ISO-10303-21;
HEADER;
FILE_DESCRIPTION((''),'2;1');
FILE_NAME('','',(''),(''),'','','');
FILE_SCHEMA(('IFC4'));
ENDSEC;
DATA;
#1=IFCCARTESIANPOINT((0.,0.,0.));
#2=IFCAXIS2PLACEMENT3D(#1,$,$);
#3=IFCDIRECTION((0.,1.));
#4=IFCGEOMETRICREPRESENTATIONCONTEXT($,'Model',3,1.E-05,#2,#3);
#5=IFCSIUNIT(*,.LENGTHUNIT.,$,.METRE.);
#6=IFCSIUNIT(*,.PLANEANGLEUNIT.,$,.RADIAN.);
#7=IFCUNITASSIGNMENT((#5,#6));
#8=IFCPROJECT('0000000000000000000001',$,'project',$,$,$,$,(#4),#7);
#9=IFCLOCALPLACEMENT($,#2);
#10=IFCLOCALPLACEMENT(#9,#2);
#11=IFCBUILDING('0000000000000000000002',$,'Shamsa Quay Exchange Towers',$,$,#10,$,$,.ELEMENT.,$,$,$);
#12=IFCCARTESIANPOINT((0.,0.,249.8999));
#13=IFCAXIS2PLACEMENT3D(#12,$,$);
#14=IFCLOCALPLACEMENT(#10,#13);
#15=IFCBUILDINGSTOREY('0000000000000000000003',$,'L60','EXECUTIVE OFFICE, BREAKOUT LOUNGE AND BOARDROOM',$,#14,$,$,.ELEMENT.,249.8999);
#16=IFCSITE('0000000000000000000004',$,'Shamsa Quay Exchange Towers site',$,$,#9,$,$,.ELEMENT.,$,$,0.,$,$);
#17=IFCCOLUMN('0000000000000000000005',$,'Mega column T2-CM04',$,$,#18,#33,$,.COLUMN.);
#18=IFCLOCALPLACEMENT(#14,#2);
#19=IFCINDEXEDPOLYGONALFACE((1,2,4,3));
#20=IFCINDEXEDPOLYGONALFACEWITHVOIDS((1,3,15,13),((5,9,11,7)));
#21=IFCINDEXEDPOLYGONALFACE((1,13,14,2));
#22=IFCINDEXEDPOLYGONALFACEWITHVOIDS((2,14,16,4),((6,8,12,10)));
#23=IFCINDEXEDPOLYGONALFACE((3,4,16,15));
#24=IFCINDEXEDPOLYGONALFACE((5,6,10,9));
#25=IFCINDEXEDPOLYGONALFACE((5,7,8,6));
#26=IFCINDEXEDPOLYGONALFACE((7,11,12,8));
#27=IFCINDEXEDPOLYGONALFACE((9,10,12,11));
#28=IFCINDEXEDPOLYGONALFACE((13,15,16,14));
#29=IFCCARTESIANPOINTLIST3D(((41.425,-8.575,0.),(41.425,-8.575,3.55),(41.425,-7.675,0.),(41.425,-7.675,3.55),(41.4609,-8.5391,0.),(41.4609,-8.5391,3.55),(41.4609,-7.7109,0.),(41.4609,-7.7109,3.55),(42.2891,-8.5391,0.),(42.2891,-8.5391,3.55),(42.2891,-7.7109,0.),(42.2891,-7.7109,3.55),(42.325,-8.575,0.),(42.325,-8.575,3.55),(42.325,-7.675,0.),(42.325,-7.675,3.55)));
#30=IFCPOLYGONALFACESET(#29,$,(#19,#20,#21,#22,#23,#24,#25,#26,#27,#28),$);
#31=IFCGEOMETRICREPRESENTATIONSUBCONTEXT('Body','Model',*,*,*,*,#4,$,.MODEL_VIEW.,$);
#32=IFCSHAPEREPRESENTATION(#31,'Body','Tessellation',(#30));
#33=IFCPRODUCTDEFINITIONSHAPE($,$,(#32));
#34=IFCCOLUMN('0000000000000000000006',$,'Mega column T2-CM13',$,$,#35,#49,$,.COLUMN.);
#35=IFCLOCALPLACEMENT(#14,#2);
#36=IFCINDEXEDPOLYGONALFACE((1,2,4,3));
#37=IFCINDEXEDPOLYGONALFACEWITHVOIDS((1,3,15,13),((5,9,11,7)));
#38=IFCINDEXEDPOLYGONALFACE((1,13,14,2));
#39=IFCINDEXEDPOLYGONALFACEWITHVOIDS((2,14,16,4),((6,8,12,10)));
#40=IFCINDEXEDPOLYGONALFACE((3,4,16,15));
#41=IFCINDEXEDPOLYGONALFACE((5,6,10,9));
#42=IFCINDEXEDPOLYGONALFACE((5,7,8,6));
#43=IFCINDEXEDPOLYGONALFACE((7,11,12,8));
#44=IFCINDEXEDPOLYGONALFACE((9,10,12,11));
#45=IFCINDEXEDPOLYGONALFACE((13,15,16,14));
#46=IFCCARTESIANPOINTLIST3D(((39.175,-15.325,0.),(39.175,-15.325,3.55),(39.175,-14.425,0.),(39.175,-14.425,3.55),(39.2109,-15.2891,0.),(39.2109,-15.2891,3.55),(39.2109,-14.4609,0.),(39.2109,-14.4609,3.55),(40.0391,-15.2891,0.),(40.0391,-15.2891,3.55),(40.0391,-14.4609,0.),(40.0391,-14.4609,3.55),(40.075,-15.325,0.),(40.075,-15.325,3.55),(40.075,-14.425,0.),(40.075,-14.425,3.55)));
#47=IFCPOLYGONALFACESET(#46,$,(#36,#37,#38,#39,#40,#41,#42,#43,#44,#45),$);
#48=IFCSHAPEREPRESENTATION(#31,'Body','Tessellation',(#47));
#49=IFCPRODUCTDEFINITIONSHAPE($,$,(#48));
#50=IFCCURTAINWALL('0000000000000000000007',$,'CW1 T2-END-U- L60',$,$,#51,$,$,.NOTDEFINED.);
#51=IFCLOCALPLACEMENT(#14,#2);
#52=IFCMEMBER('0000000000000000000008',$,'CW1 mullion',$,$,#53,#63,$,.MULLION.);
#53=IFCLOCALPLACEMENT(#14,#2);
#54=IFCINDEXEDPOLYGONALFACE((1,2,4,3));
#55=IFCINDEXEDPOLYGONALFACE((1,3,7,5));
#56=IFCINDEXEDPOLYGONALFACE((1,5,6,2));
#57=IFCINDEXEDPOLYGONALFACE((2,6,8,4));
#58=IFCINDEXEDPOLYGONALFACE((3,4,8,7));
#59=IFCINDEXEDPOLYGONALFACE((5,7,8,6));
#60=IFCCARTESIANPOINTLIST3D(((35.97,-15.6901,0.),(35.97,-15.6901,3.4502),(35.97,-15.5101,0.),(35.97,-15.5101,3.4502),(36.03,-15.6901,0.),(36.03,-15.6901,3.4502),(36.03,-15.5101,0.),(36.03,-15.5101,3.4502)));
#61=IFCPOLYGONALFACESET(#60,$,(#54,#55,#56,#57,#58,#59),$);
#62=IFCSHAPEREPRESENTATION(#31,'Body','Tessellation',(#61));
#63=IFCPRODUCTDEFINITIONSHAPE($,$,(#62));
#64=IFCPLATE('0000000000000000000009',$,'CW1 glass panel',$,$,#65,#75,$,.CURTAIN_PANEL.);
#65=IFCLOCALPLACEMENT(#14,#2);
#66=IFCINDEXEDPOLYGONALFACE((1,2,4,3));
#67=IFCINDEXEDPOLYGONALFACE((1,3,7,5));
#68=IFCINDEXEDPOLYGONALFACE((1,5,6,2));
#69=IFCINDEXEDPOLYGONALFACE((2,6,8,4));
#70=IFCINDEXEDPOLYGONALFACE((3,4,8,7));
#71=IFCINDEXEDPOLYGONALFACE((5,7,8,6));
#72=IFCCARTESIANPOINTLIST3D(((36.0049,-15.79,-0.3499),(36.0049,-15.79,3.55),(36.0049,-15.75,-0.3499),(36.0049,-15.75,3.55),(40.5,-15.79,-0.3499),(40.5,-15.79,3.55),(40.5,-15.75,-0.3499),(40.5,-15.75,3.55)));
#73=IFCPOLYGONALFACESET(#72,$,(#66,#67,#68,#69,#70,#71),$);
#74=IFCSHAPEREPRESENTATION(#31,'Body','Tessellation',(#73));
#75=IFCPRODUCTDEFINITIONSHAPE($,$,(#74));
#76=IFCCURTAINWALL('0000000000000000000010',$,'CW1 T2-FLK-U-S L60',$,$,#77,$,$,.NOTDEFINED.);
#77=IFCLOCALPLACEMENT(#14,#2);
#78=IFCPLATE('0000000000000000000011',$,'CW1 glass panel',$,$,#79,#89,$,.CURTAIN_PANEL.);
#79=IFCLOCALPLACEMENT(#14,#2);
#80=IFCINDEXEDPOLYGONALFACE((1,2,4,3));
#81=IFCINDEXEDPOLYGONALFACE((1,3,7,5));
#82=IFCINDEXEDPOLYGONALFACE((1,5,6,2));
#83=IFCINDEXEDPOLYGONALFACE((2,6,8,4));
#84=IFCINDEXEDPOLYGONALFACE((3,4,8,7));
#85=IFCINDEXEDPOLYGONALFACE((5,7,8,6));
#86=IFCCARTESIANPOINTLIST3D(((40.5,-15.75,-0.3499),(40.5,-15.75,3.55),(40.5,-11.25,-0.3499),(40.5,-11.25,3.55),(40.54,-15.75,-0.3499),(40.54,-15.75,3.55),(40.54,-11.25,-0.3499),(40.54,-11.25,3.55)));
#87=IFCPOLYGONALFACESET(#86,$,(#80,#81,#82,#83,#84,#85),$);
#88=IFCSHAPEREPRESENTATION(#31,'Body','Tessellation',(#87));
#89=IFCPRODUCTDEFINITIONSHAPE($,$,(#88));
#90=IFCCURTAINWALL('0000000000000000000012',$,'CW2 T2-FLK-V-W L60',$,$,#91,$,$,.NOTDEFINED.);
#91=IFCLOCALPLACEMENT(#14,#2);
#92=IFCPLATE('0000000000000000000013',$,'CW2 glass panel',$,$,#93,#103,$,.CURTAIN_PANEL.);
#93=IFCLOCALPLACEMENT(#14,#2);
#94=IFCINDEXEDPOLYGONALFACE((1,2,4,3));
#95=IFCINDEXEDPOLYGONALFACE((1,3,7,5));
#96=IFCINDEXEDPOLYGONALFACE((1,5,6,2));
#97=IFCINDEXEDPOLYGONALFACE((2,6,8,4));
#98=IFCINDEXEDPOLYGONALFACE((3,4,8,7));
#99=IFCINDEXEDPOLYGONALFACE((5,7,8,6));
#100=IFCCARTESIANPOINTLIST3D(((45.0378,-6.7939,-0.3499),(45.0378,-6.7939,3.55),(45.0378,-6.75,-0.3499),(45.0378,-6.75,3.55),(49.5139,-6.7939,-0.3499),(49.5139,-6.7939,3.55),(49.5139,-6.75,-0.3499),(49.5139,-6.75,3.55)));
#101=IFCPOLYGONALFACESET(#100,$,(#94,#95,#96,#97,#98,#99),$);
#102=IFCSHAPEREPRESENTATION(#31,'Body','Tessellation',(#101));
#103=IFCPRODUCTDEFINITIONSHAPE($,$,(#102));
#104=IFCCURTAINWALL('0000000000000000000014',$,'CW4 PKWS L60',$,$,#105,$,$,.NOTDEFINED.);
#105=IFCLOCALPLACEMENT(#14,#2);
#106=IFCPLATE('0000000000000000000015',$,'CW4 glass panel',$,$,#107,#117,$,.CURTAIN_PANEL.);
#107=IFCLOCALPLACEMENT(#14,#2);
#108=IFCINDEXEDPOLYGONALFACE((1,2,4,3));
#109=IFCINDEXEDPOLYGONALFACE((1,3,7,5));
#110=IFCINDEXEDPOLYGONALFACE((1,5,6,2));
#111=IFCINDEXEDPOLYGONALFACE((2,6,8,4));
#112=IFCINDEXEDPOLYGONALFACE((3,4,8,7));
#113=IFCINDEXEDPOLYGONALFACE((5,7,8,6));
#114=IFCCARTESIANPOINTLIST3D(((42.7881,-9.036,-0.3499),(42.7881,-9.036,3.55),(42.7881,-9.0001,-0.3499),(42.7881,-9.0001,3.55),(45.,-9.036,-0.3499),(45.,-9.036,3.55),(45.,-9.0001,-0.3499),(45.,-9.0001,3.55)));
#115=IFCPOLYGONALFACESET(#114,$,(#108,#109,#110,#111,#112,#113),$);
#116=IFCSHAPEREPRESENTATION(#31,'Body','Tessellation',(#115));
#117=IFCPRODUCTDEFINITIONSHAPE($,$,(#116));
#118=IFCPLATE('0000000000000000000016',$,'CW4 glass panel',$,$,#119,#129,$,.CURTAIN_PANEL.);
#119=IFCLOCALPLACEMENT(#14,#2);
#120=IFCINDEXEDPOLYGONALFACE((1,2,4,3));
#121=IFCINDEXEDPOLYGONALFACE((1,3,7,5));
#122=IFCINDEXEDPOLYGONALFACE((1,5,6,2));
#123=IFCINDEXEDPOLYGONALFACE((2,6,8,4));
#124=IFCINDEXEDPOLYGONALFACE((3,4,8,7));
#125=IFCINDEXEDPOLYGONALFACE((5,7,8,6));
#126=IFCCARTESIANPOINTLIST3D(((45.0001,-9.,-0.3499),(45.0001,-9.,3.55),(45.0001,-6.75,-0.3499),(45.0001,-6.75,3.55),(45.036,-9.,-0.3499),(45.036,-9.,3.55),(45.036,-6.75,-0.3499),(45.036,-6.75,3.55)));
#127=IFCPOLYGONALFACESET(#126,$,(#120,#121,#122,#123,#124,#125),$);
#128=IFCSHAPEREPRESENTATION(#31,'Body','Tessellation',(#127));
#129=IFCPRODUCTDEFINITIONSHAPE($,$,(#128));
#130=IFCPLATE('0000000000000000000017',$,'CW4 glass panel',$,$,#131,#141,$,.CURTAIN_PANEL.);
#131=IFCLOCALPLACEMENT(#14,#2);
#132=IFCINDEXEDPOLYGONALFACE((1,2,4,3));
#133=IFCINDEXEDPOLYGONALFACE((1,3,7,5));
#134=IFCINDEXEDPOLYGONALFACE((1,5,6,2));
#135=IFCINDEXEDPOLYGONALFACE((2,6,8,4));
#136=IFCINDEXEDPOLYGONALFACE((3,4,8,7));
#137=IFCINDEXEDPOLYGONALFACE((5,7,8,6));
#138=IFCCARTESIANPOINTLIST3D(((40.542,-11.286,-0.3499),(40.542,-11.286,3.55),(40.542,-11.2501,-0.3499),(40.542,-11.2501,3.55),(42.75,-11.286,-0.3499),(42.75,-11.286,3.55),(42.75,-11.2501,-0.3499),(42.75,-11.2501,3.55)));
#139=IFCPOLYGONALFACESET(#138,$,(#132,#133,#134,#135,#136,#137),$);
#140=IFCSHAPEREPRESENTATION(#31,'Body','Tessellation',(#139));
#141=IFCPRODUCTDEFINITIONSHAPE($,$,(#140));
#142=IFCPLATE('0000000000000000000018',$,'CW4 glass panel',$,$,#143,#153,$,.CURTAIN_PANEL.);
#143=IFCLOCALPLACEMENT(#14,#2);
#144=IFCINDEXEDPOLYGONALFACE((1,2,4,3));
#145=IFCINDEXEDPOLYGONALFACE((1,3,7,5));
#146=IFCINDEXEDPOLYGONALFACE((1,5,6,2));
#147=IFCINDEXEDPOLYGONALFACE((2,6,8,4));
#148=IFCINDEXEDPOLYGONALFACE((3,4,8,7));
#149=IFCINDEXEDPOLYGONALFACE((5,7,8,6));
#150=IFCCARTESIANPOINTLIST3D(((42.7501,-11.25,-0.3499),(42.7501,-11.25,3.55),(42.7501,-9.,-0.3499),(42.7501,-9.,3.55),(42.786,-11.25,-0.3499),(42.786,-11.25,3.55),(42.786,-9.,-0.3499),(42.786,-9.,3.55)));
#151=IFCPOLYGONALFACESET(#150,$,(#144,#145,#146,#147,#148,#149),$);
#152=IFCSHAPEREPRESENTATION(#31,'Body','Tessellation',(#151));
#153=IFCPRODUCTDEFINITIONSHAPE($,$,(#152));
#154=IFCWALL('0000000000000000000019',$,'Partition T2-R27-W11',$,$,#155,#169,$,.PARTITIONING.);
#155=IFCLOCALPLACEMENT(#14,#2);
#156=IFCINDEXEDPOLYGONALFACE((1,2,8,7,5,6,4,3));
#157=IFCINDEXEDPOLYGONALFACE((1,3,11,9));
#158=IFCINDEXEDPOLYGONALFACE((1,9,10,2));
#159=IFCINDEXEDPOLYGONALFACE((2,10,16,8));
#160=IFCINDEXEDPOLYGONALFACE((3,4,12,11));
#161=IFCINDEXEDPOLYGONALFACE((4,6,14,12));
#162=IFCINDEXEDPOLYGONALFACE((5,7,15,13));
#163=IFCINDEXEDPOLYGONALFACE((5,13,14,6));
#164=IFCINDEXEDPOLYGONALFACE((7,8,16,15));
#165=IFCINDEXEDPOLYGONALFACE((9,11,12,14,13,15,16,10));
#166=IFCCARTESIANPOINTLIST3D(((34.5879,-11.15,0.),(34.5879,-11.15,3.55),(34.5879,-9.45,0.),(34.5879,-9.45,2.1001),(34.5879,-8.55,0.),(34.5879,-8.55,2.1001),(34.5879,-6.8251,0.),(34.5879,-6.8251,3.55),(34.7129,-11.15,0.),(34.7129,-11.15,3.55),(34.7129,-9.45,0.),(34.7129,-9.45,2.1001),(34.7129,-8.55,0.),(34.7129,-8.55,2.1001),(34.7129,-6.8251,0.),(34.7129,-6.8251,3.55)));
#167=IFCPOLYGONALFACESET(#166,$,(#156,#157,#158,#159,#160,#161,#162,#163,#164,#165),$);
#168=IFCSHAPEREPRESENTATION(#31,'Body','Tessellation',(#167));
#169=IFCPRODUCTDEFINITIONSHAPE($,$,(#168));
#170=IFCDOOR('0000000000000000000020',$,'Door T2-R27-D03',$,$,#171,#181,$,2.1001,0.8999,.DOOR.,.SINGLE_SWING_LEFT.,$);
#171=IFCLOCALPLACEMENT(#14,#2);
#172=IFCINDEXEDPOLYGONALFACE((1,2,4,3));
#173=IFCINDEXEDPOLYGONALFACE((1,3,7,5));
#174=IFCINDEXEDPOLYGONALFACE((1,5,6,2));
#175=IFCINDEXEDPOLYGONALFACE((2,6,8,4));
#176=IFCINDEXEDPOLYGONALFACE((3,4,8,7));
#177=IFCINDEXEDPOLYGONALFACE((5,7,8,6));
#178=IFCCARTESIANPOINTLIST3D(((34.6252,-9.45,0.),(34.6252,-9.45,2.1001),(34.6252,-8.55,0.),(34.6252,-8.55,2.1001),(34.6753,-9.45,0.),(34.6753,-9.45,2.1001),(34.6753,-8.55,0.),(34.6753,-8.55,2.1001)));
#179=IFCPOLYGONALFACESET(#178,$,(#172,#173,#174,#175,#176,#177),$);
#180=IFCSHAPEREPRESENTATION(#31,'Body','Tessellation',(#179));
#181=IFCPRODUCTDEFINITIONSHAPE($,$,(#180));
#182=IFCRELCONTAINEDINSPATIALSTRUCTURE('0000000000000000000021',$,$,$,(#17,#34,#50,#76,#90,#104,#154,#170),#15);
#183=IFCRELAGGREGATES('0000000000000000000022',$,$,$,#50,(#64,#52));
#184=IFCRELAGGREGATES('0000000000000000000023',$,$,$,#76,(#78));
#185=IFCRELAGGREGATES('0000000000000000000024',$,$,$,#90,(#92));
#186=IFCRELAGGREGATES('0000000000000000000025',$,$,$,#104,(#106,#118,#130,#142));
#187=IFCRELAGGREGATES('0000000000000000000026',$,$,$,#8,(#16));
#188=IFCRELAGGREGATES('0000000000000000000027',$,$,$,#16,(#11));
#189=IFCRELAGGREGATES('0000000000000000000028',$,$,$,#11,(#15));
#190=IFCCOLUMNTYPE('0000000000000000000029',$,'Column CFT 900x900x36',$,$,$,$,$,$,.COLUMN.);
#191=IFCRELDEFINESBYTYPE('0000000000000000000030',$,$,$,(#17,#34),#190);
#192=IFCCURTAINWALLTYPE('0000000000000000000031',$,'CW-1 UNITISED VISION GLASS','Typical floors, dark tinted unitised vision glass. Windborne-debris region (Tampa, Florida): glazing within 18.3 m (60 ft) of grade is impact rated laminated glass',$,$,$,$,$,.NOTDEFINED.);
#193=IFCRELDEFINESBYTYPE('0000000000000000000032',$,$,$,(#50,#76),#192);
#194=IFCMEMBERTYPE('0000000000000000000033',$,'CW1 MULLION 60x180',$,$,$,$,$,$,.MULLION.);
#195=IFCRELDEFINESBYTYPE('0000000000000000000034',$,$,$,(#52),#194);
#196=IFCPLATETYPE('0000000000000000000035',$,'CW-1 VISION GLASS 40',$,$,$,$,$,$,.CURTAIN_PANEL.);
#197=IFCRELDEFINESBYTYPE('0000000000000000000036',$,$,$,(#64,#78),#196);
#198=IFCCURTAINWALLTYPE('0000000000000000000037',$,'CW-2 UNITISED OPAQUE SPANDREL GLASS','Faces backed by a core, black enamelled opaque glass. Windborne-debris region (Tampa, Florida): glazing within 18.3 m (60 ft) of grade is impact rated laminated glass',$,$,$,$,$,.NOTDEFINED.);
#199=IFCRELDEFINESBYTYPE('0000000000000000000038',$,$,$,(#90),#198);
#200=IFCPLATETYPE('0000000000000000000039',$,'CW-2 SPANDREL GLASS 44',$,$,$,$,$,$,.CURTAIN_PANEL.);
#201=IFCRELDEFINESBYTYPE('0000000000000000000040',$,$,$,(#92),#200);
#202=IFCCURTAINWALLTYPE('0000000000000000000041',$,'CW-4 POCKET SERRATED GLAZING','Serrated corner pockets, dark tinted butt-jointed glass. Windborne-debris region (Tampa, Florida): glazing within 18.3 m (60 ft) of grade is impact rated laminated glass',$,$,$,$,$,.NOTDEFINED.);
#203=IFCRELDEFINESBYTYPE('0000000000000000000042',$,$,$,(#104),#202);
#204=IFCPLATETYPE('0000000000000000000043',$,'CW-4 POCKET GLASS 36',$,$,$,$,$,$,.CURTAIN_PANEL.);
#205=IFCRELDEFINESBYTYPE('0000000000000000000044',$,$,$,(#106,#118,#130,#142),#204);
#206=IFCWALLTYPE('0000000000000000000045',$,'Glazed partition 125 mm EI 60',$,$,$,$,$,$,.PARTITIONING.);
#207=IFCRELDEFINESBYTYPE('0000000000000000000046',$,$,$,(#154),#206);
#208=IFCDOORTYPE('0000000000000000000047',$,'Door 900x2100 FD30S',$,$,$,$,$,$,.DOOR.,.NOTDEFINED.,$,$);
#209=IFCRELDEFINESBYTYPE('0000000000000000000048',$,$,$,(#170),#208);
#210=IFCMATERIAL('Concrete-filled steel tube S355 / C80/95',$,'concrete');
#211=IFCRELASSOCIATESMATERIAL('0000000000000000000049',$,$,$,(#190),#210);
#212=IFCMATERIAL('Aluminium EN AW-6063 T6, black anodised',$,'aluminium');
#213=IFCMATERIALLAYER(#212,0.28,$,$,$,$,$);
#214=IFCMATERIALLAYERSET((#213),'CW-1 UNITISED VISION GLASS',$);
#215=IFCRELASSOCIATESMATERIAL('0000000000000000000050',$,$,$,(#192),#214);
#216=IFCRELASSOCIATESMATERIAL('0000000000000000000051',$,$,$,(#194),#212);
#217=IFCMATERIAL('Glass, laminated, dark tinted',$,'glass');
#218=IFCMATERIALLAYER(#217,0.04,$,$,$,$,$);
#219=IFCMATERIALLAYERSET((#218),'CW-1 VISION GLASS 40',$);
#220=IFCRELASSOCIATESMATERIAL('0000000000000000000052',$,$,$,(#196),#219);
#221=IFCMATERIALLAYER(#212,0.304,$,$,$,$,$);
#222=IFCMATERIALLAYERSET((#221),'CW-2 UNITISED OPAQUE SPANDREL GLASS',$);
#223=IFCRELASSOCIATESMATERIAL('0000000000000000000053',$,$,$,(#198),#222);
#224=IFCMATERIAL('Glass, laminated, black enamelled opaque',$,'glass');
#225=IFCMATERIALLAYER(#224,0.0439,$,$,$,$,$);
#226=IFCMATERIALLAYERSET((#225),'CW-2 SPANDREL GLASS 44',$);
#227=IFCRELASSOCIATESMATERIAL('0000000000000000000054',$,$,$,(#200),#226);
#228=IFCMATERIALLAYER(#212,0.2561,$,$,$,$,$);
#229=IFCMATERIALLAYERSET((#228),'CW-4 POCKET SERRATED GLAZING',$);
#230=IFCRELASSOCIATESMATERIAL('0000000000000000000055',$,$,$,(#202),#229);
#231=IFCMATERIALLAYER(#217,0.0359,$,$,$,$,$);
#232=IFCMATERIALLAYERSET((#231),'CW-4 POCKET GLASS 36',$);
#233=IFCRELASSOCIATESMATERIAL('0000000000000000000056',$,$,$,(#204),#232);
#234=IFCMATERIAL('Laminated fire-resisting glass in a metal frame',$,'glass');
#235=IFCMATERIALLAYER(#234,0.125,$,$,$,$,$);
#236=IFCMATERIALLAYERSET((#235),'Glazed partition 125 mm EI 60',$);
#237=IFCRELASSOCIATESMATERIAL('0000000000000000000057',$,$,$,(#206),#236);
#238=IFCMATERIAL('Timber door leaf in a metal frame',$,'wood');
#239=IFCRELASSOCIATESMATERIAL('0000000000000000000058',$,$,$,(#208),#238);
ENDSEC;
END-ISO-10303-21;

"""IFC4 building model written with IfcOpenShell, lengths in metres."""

from ifc_helpers import new_model, si_unit, direction, frame, frame_2d, origin, origin_2d, place, context, subcontext, project, spatial, rectangle, hollow_rectangle, extrude, material, layer, layer_set, material_profile, profile_set, type_object, element, fill, aggregate, save


model = new_model("IFC4")

# Units and contexts
model_context = context("Model", 3, precision=1e-05, world=origin(), true_north=direction((0.0, 1.0)))
body_context = subcontext(model_context, "Body", "Model", "MODEL_VIEW")
ifc_project = project(units=[si_unit("LENGTHUNIT", "METRE"), si_unit("PLANEANGLEUNIT", "RADIAN")], contexts=[model_context])

# Site, building, storey
site_placement = place(None, origin())
site = spatial("IfcSite", under=ifc_project, at=site_placement, Name="Shamsa Quay Exchange Towers site", CompositionType="ELEMENT", RefElevation=0.0)
building_placement = place(site_placement, origin())
building = spatial("IfcBuilding", under=site, at=building_placement, Name="Shamsa Quay Exchange Towers", CompositionType="ELEMENT")
storey_placement = place(building_placement, frame((0.0, 0.0, 249.8999)))
storey = spatial("IfcBuildingStorey", under=building, at=storey_placement, Name="L60", Description="EXECUTIVE OFFICE, BREAKOUT LOUNGE AND BOARDROOM", CompositionType="ELEMENT", Elevation=249.8999)

# Columns
ifc_material_1 = material(Name="Concrete-filled steel tube S355 / C80/95", Category="concrete")
ifc_material_profile_1 = material_profile(ifc_material_1, hollow_rectangle(XDim=0.8999, YDim=0.8999, WallThickness=0.0359, at=origin_2d()), Name="CFT 900x900x36")
ifc_profile_set_1 = profile_set([ifc_material_profile_1], Name="Concrete-filled steel tube S355 / C80/95")
column_type = type_object("IfcColumnType", Name="Column CFT 900x900x36", PredefinedType="COLUMN", material=ifc_profile_set_1)
for number, where, name in (
    (1, (41.875, -8.125, 0.0), "Mega column T2-CM04"),
    (2, (39.625, -14.875, 0.0), "Mega column T2-CM13"),
):
    element("IfcColumn", number, at=place(storey_placement, frame(where)), inside=storey, type_object=column_type, Name=name, PredefinedType="COLUMN", context=body_context, shape_type="SweptSolid", body=[
        extrude(hollow_rectangle(XDim=0.8999, YDim=0.8999, WallThickness=0.0359, at=origin_2d()), origin(), (0.0, 0.0, 1.0), 3.55),
    ])

# Curtain wall, member, plate
ifc_material_2 = material(Name="Aluminium EN AW-6063 T6, black anodised", Category="aluminium")
ifc_layer_1 = layer(ifc_material_2, 0.28)
ifc_layer_set_1 = layer_set([ifc_layer_1], Name="CW-1 UNITISED VISION GLASS")
curtain_wall_type_1 = type_object("IfcCurtainWallType", Name="CW-1 UNITISED VISION GLASS", Description="Typical floors, dark tinted unitised vision glass. Windborne-debris region (Tampa, Florida): glazing within 18.3 m (60 ft) of grade is impact rated laminated glass", PredefinedType="NOTDEFINED", material=ifc_layer_set_1)
curtain_wall_1_placement = place(storey_placement, origin())
curtain_wall_1 = element("IfcCurtainWall", 3, at=curtain_wall_1_placement, inside=storey, type_object=curtain_wall_type_1, Name="CW1 T2-END-U- L60", PredefinedType="NOTDEFINED")
ifc_material_profile_2 = material_profile(ifc_material_2, rectangle(XDim=0.1799, YDim=0.0601, at=origin_2d()), Name="MU60x180")
ifc_profile_set_2 = profile_set([ifc_material_profile_2], Name="Aluminium EN AW-6063 T6, black anodised")
member_type = type_object("IfcMemberType", Name="CW1 MULLION 60x180", PredefinedType="MULLION", material=ifc_profile_set_2)
member_placement = place(storey_placement, frame((36.0, -15.6001, 0.0), z_axis=(0.0, 0.0, 1.0), x_axis=(0.0, 1.0, 0.0)))
member = element("IfcMember", 4, at=member_placement, type_object=member_type, Name="CW1 mullion", PredefinedType="MULLION", context=body_context, shape_type="SweptSolid", body=[
    extrude(rectangle(XDim=0.1799, YDim=0.0601, at=origin_2d()), origin(), (0.0, 0.0, 1.0), 3.4502),
])
ifc_material_3 = material(Name="Glass, laminated, dark tinted", Category="glass")
ifc_layer_2 = layer(ifc_material_3, 0.04)
ifc_layer_set_2 = layer_set([ifc_layer_2], Name="CW-1 VISION GLASS 40")
plate_type_1 = type_object("IfcPlateType", Name="CW-1 VISION GLASS 40", PredefinedType="CURTAIN_PANEL", material=ifc_layer_set_2)
plate_1_placement = place(storey_placement, frame((38.2524, -15.77, -0.3499)))
plate_1 = element("IfcPlate", 5, at=plate_1_placement, type_object=plate_type_1, Name="CW1 glass panel", PredefinedType="CURTAIN_PANEL", context=body_context, shape_type="SweptSolid", body=[
    extrude(rectangle(XDim=4.4951, YDim=0.04, at=origin_2d()), origin(), (0.0, 0.0, 1.0), 3.8999),
])
aggregate(curtain_wall_1, [plate_1, member])

# Curtain walls, plates
curtain_wall_2_placement = place(storey_placement, origin())
curtain_wall_2 = element("IfcCurtainWall", 6, at=curtain_wall_2_placement, inside=storey, type_object=curtain_wall_type_1, Name="CW1 T2-FLK-U-S L60", PredefinedType="NOTDEFINED")
plate_2_placement = place(storey_placement, frame((40.52, -13.5, -0.3499), z_axis=(0.0, 0.0, 1.0), x_axis=(0.0, 1.0, 0.0)))
plate_2 = element("IfcPlate", 7, at=plate_2_placement, type_object=plate_type_1, Name="CW1 glass panel", PredefinedType="CURTAIN_PANEL", context=body_context, shape_type="SweptSolid", body=[
    extrude(rectangle(XDim=4.5, YDim=0.04, at=origin_2d()), origin(), (0.0, 0.0, 1.0), 3.8999),
])
aggregate(curtain_wall_2, [plate_2])
ifc_layer_3 = layer(ifc_material_2, 0.304)
ifc_layer_set_3 = layer_set([ifc_layer_3], Name="CW-2 UNITISED OPAQUE SPANDREL GLASS")
curtain_wall_type_2 = type_object("IfcCurtainWallType", Name="CW-2 UNITISED OPAQUE SPANDREL GLASS", Description="Faces backed by a core, black enamelled opaque glass. Windborne-debris region (Tampa, Florida): glazing within 18.3 m (60 ft) of grade is impact rated laminated glass", PredefinedType="NOTDEFINED", material=ifc_layer_set_3)
curtain_wall_3_placement = place(storey_placement, origin())
curtain_wall_3 = element("IfcCurtainWall", 8, at=curtain_wall_3_placement, inside=storey, type_object=curtain_wall_type_2, Name="CW2 T2-FLK-V-W L60", PredefinedType="NOTDEFINED")
ifc_material_4 = material(Name="Glass, laminated, black enamelled opaque", Category="glass")
ifc_layer_4 = layer(ifc_material_4, 0.0439)
ifc_layer_set_4 = layer_set([ifc_layer_4], Name="CW-2 SPANDREL GLASS 44")
plate_type_2 = type_object("IfcPlateType", Name="CW-2 SPANDREL GLASS 44", PredefinedType="CURTAIN_PANEL", material=ifc_layer_set_4)
plate_3_placement = place(storey_placement, frame((47.2759, -6.772, -0.3499)))
plate_3 = element("IfcPlate", 9, at=plate_3_placement, type_object=plate_type_2, Name="CW2 glass panel", PredefinedType="CURTAIN_PANEL", context=body_context, shape_type="SweptSolid", body=[
    extrude(rectangle(XDim=4.4761, YDim=0.0439, at=origin_2d()), origin(), (0.0, 0.0, 1.0), 3.8999),
])
aggregate(curtain_wall_3, [plate_3])

# Curtain wall, plates
ifc_layer_5 = layer(ifc_material_2, 0.2561)
ifc_layer_set_5 = layer_set([ifc_layer_5], Name="CW-4 POCKET SERRATED GLAZING")
curtain_wall_type_3 = type_object("IfcCurtainWallType", Name="CW-4 POCKET SERRATED GLAZING", Description="Serrated corner pockets, dark tinted butt-jointed glass. Windborne-debris region (Tampa, Florida): glazing within 18.3 m (60 ft) of grade is impact rated laminated glass", PredefinedType="NOTDEFINED", material=ifc_layer_set_5)
curtain_wall_4_placement = place(storey_placement, origin())
curtain_wall_4 = element("IfcCurtainWall", 10, at=curtain_wall_4_placement, inside=storey, type_object=curtain_wall_type_3, Name="CW4 PKWS L60", PredefinedType="NOTDEFINED")
ifc_layer_6 = layer(ifc_material_3, 0.0359)
ifc_layer_set_6 = layer_set([ifc_layer_6], Name="CW-4 POCKET GLASS 36")
plate_type_3 = type_object("IfcPlateType", Name="CW-4 POCKET GLASS 36", PredefinedType="CURTAIN_PANEL", material=ifc_layer_set_6)
plate_4_placement = place(storey_placement, frame((43.894, -9.0181, -0.3499)))
plate_4 = element("IfcPlate", 11, at=plate_4_placement, type_object=plate_type_3, Name="CW4 glass panel", PredefinedType="CURTAIN_PANEL", context=body_context, shape_type="SweptSolid", body=[
    extrude(rectangle(XDim=2.2119, YDim=0.0359, at=origin_2d()), origin(), (0.0, 0.0, 1.0), 3.8999),
])
plate_5_placement = place(storey_placement, frame((45.0181, -7.875, -0.3499), z_axis=(0.0, 0.0, 1.0), x_axis=(0.0, 1.0, 0.0)))
plate_5 = element("IfcPlate", 12, at=plate_5_placement, type_object=plate_type_3, Name="CW4 glass panel", PredefinedType="CURTAIN_PANEL", context=body_context, shape_type="SweptSolid", body=[
    extrude(rectangle(XDim=2.25, YDim=0.0359, at=origin_2d()), origin(), (0.0, 0.0, 1.0), 3.8999),
])
plate_6_placement = place(storey_placement, frame((41.646, -11.2681, -0.3499)))
plate_6 = element("IfcPlate", 13, at=plate_6_placement, type_object=plate_type_3, Name="CW4 glass panel", PredefinedType="CURTAIN_PANEL", context=body_context, shape_type="SweptSolid", body=[
    extrude(rectangle(XDim=2.208, YDim=0.0359, at=origin_2d()), origin(), (0.0, 0.0, 1.0), 3.8999),
])
plate_7_placement = place(storey_placement, frame((42.7681, -10.125, -0.3499), z_axis=(0.0, 0.0, 1.0), x_axis=(0.0, 1.0, 0.0)))
plate_7 = element("IfcPlate", 14, at=plate_7_placement, type_object=plate_type_3, Name="CW4 glass panel", PredefinedType="CURTAIN_PANEL", context=body_context, shape_type="SweptSolid", body=[
    extrude(rectangle(XDim=2.25, YDim=0.0359, at=origin_2d()), origin(), (0.0, 0.0, 1.0), 3.8999),
])
aggregate(curtain_wall_4, [plate_4, plate_5, plate_6, plate_7])

# Shared definitions
ifc_material_5 = material(Name="Timber door leaf in a metal frame", Category="wood")

# Wall, opening, door
ifc_material_6 = material(Name="Laminated fire-resisting glass in a metal frame", Category="glass")
ifc_layer_7 = layer(ifc_material_6, 0.125)
ifc_layer_set_7 = layer_set([ifc_layer_7], Name="Glazed partition 125 mm EI 60")
wall_type_1 = type_object("IfcWallType", Name="Glazed partition 125 mm EI 60", PredefinedType="PARTITIONING", material=ifc_layer_set_7)
wall_1_placement = place(storey_placement, frame((34.6504, -6.825, 0.0), z_axis=(0.0, 0.0, 1.0), x_axis=(0.0, -1.0, 0.0)))
wall_1 = element("IfcWall", 15, at=wall_1_placement, inside=storey, type_object=wall_type_1, Name="Partition T2-R27-W11", PredefinedType="PARTITIONING", context=body_context, shape_type="SweptSolid", body=[
    extrude(rectangle(XDim=4.325, YDim=0.125, at=frame_2d((2.1626, 0.0))), origin(), (0.0, 0.0, 1.0), 3.55),
])
opening_1_placement = place(wall_1_placement, frame((1.7251, 0.0, 0.0)))
opening_1 = element("IfcOpeningElement", 16, at=opening_1_placement, cuts=wall_1, PredefinedType="OPENING", context=body_context, shape_type="SweptSolid", body=[
    extrude(rectangle(XDim=0.8999, YDim=2.1001, at=frame_2d((0.45, 1.05))), frame((0.0, 0.0725, 0.0), z_axis=(0.0, -1.0, 0.0), x_axis=(1.0, 0.0, 0.0)), (0.0, 0.0, 1.0), 0.145),
])
door_type_1 = type_object("IfcDoorType", Name="Door 900x2100 FD30S", OperationType="NOTDEFINED", PredefinedType="DOOR", material=ifc_material_5)
door_1_placement = place(opening_1_placement, origin())
door_1 = element("IfcDoor", 17, at=door_1_placement, inside=storey, type_object=door_type_1, Name="Door T2-R27-D03", OperationType="SINGLE_SWING_LEFT", OverallHeight=2.1001, OverallWidth=0.8999, PredefinedType="DOOR", context=body_context, shape_type="SweptSolid", body=[
    extrude(rectangle(XDim=0.8999, YDim=2.1001, at=frame_2d((0.45, 1.05))), frame((0.0, 0.0249, 0.0), z_axis=(0.0, -1.0, 0.0), x_axis=(1.0, 0.0, 0.0)), (0.0, 0.0, 1.0), 0.05),
])
fill(opening_1, door_1)

save(model, "model.ifc")
